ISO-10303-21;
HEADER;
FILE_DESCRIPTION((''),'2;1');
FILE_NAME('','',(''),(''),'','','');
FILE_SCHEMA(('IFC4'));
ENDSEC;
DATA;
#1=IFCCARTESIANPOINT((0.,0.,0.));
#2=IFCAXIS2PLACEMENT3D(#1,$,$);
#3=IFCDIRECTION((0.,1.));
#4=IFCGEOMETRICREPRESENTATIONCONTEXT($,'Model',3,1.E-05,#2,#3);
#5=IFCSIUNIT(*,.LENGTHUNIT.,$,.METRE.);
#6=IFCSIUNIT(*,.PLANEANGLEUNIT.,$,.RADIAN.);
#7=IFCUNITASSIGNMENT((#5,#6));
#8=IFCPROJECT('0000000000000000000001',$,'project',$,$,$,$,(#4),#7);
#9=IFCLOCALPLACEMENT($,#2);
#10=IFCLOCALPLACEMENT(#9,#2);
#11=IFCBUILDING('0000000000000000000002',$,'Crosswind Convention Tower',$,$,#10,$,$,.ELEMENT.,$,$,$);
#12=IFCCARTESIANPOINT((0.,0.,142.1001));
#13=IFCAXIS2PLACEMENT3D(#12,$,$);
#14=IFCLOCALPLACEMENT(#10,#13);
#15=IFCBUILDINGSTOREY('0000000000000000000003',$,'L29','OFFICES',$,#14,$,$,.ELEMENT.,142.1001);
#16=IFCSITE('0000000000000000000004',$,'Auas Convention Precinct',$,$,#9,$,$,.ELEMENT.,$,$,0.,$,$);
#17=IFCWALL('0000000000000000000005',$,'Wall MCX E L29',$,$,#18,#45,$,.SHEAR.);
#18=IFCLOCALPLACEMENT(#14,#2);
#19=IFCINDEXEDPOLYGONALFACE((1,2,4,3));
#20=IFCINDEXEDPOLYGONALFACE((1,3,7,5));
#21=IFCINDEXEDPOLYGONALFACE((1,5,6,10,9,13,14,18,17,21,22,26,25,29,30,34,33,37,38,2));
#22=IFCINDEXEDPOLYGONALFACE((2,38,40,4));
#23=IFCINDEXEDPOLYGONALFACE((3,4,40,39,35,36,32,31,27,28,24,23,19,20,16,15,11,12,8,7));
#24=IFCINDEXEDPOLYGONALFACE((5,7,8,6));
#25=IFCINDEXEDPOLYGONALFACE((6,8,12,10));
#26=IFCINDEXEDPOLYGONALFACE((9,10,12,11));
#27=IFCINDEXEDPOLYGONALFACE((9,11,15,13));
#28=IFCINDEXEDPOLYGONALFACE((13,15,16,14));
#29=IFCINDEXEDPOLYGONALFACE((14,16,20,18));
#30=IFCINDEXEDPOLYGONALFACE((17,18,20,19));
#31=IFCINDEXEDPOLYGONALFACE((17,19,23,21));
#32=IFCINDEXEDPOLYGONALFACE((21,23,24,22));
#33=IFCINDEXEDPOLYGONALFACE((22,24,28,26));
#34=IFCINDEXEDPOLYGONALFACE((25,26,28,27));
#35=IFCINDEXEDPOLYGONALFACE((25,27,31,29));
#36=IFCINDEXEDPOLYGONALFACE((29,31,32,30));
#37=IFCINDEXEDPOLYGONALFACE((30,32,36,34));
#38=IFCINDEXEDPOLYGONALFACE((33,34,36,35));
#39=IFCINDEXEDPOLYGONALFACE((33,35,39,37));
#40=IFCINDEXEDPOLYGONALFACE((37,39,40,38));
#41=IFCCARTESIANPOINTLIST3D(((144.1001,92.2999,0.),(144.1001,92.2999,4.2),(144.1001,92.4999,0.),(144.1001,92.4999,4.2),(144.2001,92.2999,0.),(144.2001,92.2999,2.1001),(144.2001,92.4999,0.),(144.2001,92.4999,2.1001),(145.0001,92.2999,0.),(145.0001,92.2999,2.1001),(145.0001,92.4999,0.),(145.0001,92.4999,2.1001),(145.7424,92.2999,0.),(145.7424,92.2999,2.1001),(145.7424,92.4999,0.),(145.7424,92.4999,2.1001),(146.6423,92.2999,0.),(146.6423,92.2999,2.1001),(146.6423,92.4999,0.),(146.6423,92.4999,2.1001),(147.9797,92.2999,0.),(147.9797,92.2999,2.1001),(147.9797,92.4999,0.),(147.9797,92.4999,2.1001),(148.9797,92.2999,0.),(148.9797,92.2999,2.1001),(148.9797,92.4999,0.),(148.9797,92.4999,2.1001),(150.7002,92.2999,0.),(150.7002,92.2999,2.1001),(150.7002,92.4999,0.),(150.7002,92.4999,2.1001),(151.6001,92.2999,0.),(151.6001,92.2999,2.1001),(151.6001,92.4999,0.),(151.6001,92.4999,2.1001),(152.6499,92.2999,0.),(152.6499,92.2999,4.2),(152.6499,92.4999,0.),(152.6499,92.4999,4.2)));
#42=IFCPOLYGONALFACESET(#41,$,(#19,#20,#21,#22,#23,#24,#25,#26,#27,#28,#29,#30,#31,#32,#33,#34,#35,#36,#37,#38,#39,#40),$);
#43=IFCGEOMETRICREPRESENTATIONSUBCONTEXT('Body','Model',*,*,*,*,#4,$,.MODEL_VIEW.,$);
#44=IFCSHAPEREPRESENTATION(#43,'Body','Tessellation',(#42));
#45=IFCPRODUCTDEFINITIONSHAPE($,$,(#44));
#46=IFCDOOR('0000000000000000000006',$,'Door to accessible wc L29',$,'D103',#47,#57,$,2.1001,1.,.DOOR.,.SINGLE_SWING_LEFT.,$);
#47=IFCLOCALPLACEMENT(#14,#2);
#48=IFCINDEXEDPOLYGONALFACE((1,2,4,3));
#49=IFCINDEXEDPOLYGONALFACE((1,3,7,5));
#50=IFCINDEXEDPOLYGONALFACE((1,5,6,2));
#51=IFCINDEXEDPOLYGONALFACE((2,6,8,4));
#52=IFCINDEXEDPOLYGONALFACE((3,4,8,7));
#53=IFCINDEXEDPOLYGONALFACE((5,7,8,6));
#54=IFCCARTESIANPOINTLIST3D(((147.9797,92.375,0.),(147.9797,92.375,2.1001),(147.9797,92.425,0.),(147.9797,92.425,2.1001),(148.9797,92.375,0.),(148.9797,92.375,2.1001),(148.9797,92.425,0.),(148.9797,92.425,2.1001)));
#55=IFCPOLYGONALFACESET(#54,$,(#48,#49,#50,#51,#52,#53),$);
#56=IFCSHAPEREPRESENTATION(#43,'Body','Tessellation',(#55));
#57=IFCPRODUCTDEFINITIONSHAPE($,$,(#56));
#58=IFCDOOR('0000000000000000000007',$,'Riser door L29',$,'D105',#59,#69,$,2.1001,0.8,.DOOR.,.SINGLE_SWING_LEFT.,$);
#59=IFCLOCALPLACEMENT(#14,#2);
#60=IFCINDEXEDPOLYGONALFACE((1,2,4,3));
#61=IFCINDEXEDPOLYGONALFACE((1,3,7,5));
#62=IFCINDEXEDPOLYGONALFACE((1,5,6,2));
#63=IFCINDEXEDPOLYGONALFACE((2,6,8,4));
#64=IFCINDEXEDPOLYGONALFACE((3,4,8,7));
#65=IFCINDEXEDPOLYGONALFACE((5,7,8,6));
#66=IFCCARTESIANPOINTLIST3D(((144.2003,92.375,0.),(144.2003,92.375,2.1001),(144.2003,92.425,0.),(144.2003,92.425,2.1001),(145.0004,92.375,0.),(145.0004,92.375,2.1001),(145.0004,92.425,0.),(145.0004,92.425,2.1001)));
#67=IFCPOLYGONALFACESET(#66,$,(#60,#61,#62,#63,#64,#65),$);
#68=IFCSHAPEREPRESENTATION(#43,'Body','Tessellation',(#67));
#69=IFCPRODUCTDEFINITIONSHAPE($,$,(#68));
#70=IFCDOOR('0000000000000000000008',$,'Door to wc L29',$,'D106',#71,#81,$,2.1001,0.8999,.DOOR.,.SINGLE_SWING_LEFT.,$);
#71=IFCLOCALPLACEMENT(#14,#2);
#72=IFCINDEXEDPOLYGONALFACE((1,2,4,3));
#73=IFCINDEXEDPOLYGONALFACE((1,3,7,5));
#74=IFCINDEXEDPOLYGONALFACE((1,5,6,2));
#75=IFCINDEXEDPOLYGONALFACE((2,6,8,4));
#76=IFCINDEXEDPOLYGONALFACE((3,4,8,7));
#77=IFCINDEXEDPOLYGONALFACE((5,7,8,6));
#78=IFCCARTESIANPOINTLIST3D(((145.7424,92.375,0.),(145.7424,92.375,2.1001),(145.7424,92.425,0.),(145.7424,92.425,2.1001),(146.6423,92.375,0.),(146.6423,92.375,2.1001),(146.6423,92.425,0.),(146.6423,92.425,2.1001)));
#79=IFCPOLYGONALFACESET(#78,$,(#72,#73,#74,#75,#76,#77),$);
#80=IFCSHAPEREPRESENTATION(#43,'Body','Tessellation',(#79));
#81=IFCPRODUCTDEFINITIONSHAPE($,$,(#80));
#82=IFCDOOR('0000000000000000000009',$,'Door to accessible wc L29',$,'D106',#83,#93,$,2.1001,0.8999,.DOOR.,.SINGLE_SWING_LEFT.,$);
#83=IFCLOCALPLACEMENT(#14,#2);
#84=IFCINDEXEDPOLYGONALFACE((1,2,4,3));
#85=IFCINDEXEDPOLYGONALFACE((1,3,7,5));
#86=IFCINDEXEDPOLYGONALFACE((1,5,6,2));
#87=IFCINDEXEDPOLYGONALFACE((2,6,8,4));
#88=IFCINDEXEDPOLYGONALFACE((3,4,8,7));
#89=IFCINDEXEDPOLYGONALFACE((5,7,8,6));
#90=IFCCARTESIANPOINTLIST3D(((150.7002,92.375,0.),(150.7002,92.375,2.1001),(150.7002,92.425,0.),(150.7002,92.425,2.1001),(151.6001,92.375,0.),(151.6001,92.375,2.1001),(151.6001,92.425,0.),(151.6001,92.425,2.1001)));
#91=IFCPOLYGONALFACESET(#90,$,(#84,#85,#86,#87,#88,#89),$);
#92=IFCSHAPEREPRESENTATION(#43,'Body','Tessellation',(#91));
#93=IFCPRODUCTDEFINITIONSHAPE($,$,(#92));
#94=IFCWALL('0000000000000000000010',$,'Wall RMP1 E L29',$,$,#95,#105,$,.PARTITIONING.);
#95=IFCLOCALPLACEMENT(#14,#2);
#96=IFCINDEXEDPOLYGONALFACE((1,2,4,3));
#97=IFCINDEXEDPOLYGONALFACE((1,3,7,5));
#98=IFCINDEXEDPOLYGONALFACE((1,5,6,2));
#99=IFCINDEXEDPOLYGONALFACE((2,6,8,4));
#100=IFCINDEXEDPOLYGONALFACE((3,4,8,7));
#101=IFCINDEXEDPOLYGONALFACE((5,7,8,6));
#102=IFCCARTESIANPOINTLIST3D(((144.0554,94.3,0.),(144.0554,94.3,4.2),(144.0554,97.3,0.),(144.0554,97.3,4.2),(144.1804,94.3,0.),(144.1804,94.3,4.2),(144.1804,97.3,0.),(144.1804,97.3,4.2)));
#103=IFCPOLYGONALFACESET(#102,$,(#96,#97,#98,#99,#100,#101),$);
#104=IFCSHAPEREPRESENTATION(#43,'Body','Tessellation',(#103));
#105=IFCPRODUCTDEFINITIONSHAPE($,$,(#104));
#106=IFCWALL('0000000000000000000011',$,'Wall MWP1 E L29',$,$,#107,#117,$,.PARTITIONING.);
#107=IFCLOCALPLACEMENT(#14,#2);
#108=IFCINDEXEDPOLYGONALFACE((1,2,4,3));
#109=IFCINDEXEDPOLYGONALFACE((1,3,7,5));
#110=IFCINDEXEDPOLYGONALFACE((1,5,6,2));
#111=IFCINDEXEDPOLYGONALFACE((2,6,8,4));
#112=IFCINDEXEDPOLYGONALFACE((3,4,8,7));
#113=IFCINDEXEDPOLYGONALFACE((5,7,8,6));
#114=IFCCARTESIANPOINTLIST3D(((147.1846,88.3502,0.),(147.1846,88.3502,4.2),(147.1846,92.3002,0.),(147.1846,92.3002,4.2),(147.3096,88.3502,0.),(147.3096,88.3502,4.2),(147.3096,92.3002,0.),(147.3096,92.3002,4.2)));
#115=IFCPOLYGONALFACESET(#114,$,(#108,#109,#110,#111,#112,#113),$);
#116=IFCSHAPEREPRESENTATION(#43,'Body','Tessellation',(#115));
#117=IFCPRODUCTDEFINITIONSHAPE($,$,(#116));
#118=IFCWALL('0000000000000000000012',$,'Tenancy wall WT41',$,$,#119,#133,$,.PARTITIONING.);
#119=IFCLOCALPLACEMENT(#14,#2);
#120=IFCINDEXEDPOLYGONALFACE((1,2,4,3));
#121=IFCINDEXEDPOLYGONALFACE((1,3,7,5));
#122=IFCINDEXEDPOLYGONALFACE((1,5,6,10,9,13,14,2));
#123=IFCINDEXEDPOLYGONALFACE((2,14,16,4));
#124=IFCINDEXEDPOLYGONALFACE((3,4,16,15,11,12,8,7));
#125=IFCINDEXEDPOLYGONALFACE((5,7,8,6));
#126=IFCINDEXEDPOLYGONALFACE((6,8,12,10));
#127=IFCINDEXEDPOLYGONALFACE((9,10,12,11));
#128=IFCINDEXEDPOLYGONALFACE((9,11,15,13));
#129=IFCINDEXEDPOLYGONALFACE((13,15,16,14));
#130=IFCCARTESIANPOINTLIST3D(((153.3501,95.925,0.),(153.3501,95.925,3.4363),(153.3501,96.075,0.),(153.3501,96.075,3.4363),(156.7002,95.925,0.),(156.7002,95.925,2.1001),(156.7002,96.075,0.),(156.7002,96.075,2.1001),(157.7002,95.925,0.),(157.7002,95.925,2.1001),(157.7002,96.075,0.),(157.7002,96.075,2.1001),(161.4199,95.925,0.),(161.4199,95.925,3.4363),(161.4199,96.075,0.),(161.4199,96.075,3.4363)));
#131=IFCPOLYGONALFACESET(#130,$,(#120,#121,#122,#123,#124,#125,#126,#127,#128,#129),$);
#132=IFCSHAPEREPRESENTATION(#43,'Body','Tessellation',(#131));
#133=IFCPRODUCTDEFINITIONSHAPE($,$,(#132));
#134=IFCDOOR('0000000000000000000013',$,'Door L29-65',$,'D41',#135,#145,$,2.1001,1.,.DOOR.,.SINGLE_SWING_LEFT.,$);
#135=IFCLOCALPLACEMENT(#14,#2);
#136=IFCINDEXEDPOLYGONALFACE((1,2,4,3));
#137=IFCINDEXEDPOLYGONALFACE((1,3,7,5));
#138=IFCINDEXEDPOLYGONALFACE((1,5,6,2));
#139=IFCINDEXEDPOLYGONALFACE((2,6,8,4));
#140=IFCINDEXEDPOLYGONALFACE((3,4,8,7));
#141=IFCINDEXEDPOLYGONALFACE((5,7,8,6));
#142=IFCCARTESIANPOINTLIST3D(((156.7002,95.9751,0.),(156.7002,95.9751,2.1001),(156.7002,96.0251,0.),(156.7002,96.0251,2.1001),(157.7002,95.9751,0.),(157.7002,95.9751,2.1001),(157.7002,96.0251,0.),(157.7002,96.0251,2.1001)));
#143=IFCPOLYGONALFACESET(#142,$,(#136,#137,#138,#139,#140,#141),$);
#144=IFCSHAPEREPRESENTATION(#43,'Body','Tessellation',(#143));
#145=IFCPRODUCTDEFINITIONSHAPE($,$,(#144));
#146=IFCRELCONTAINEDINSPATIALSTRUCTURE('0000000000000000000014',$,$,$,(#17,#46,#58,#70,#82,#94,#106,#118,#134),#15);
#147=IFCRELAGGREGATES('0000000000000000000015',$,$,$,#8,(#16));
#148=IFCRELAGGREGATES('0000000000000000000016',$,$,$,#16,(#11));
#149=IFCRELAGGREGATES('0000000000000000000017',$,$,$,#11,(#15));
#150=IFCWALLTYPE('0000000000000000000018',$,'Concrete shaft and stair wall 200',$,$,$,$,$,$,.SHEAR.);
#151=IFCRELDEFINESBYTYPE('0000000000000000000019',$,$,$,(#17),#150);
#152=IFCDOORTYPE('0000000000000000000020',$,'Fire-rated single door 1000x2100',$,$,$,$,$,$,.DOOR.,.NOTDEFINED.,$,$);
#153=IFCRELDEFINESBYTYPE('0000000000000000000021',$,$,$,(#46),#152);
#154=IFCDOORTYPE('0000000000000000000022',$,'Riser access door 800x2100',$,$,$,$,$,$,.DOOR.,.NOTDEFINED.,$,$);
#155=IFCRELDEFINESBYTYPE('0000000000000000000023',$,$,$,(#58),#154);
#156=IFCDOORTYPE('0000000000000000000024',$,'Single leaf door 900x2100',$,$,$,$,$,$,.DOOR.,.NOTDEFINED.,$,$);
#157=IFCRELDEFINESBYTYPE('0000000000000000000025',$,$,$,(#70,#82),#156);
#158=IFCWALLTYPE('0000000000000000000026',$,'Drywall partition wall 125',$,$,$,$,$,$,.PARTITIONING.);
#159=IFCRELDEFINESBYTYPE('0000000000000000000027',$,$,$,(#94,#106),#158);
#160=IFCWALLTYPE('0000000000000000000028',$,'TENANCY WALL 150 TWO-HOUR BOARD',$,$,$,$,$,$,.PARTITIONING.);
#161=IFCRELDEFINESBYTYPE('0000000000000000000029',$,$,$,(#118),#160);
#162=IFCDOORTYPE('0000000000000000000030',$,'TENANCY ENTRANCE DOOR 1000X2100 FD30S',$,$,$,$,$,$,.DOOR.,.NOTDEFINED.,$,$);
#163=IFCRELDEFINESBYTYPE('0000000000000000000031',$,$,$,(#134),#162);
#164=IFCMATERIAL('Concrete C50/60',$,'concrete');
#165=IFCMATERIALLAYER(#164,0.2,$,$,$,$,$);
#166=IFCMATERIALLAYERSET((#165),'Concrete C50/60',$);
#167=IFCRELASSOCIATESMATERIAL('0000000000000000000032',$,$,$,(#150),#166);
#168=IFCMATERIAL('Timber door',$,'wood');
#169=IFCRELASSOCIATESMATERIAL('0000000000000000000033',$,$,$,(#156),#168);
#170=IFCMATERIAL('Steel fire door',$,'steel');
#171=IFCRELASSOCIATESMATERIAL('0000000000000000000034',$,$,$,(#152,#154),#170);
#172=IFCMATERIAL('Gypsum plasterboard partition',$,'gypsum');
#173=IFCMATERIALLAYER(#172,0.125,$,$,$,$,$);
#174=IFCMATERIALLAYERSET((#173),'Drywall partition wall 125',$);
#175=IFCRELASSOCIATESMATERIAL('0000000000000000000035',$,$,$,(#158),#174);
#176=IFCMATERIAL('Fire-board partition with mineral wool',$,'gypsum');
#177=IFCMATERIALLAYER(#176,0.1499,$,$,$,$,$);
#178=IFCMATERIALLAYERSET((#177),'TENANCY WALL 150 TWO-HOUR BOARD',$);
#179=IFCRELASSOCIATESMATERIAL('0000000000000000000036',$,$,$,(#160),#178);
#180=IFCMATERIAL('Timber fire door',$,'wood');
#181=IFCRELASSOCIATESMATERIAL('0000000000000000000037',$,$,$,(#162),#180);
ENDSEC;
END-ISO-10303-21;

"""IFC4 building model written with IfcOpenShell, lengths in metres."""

from ifc_helpers import new_model, si_unit, direction, frame, frame_2d, origin, place, context, subcontext, project, spatial, rectangle, extrude, material, layer, layer_set, type_object, element, fill, save


model = new_model("IFC4")

# Units and contexts
model_context = context("Model", 3, precision=1e-05, world=origin(), true_north=direction((0.0, 1.0)))
body_context = subcontext(model_context, "Body", "Model", "MODEL_VIEW")
ifc_project = project(units=[si_unit("LENGTHUNIT", "METRE"), si_unit("PLANEANGLEUNIT", "RADIAN")], contexts=[model_context])

# Site, building, storey
site_placement = place(None, origin())
site = spatial("IfcSite", under=ifc_project, at=site_placement, Name="Auas Convention Precinct", CompositionType="ELEMENT", RefElevation=0.0)
building_placement = place(site_placement, origin())
building = spatial("IfcBuilding", under=site, at=building_placement, Name="Crosswind Convention Tower", CompositionType="ELEMENT")
storey_placement = place(building_placement, frame((0.0, 0.0, 142.1001)))
storey = spatial("IfcBuildingStorey", under=building, at=storey_placement, Name="L29", Description="OFFICES", CompositionType="ELEMENT", Elevation=142.1001)

# Shared definitions
ifc_material_1 = material(Name="Concrete C50/60", Category="concrete")
ifc_layer_1 = layer(ifc_material_1, 0.2)
ifc_layer_set_1 = layer_set([ifc_layer_1], Name="Concrete C50/60")
wall_type_1 = type_object("IfcWallType", Name="Concrete shaft and stair wall 200", PredefinedType="SHEAR", material=ifc_layer_set_1)

# Shared definitions
ifc_material_2 = material(Name="Timber door", Category="wood")
door_type_1 = type_object("IfcDoorType", Name="Single leaf door 900x2100", OperationType="NOTDEFINED", PredefinedType="DOOR", material=ifc_material_2)

# Wall, openings, doors
wall_1_placement = place(storey_placement, frame((144.1001, 92.3999, 0.0), z_axis=(0.0, 0.0, 1.0), x_axis=(1.0, 0.0, 0.0)))
wall_1 = element("IfcWall", 1, at=wall_1_placement, inside=storey, type_object=wall_type_1, Name="Wall MCX E L29", PredefinedType="SHEAR", context=body_context, shape_type="SweptSolid", body=[
    extrude(rectangle(XDim=8.5498, YDim=0.2, at=frame_2d((4.2749, 0.0))), origin(), (0.0, 0.0, 1.0), 4.2),
])
opening_1_placement = place(wall_1_placement, frame((0.1001, 0.0, 0.0)))
opening_1 = element("IfcOpeningElement", 2, at=opening_1_placement, cuts=wall_1, PredefinedType="OPENING", context=body_context, shape_type="SweptSolid", body=[
    extrude(rectangle(XDim=0.8, YDim=2.1001, at=frame_2d((0.3999, 1.05))), frame((0.0, 0.1099, 0.0), z_axis=(0.0, -1.0, 0.0), x_axis=(1.0, 0.0, 0.0)), (0.0, 0.0, 1.0), 0.22),
])
opening_2_placement = place(wall_1_placement, frame((1.6423, 0.0, 0.0)))
opening_2 = element("IfcOpeningElement", 3, at=opening_2_placement, cuts=wall_1, PredefinedType="OPENING", context=body_context, shape_type="SweptSolid", body=[
    extrude(rectangle(XDim=0.8999, YDim=2.1001, at=frame_2d((0.45, 1.05))), frame((0.0, 0.1099, 0.0), z_axis=(0.0, -1.0, 0.0), x_axis=(1.0, 0.0, 0.0)), (0.0, 0.0, 1.0), 0.22),
])
opening_3_placement = place(wall_1_placement, frame((3.8796, 0.0, 0.0)))
opening_3 = element("IfcOpeningElement", 4, at=opening_3_placement, cuts=wall_1, PredefinedType="OPENING", context=body_context, shape_type="SweptSolid", body=[
    extrude(rectangle(XDim=1.0, YDim=2.1001, at=frame_2d((0.5, 1.05))), frame((0.0, 0.1099, 0.0), z_axis=(0.0, -1.0, 0.0), x_axis=(1.0, 0.0, 0.0)), (0.0, 0.0, 1.0), 0.22),
])
opening_4_placement = place(wall_1_placement, frame((6.6001, 0.0, 0.0)))
opening_4 = element("IfcOpeningElement", 5, at=opening_4_placement, cuts=wall_1, PredefinedType="OPENING", context=body_context, shape_type="SweptSolid", body=[
    extrude(rectangle(XDim=0.8999, YDim=2.1001, at=frame_2d((0.45, 1.05))), frame((0.0, 0.1099, 0.0), z_axis=(0.0, -1.0, 0.0), x_axis=(1.0, 0.0, 0.0)), (0.0, 0.0, 1.0), 0.22),
])
ifc_material_3 = material(Name="Steel fire door", Category="steel")
door_type_2 = type_object("IfcDoorType", Name="Fire-rated single door 1000x2100", OperationType="NOTDEFINED", PredefinedType="DOOR", material=ifc_material_3)
door_1_placement = place(opening_3_placement, frame((1.0, 0.0, 0.0), z_axis=(0.0, 0.0, 1.0), x_axis=(-1.0, 0.0, 0.0)))
door_1 = element("IfcDoor", 6, at=door_1_placement, inside=storey, type_object=door_type_2, Name="Door to accessible wc L29", ObjectType="D103", OperationType="SINGLE_SWING_LEFT", OverallHeight=2.1001, OverallWidth=1.0, PredefinedType="DOOR", context=body_context, shape_type="SweptSolid", body=[
    extrude(rectangle(XDim=1.0, YDim=2.1001, at=frame_2d((0.5, 1.05))), frame((0.0, 0.0249, 0.0), z_axis=(0.0, -1.0, 0.0), x_axis=(1.0, 0.0, 0.0)), (0.0, 0.0, 1.0), 0.05),
])
fill(opening_3, door_1)
door_type_3 = type_object("IfcDoorType", Name="Riser access door 800x2100", OperationType="NOTDEFINED", PredefinedType="DOOR", material=ifc_material_3)
door_2_placement = place(opening_1_placement, frame((0.8, 0.0, 0.0), z_axis=(0.0, 0.0, 1.0), x_axis=(-1.0, 0.0, 0.0)))
door_2 = element("IfcDoor", 7, at=door_2_placement, inside=storey, type_object=door_type_3, Name="Riser door L29", ObjectType="D105", OperationType="SINGLE_SWING_LEFT", OverallHeight=2.1001, OverallWidth=0.8, PredefinedType="DOOR", context=body_context, shape_type="SweptSolid", body=[
    extrude(rectangle(XDim=0.8, YDim=2.1001, at=frame_2d((0.3999, 1.05))), frame((0.0, 0.0249, 0.0), z_axis=(0.0, -1.0, 0.0), x_axis=(1.0, 0.0, 0.0)), (0.0, 0.0, 1.0), 0.05),
])
fill(opening_1, door_2)
door_3_placement = place(opening_2_placement, frame((0.8999, 0.0, 0.0), z_axis=(0.0, 0.0, 1.0), x_axis=(-1.0, 0.0, 0.0)))
door_3 = element("IfcDoor", 8, at=door_3_placement, inside=storey, type_object=door_type_1, Name="Door to wc L29", ObjectType="D106", OperationType="SINGLE_SWING_LEFT", OverallHeight=2.1001, OverallWidth=0.8999, PredefinedType="DOOR", context=body_context, shape_type="SweptSolid", body=[
    extrude(rectangle(XDim=0.8999, YDim=2.1001, at=frame_2d((0.45, 1.05))), frame((0.0, 0.0249, 0.0), z_axis=(0.0, -1.0, 0.0), x_axis=(1.0, 0.0, 0.0)), (0.0, 0.0, 1.0), 0.05),
])
fill(opening_2, door_3)
door_4_placement = place(opening_4_placement, frame((0.8999, 0.0, 0.0), z_axis=(0.0, 0.0, 1.0), x_axis=(-1.0, 0.0, 0.0)))
door_4 = element("IfcDoor", 9, at=door_4_placement, inside=storey, type_object=door_type_1, Name="Door to accessible wc L29", ObjectType="D106", OperationType="SINGLE_SWING_LEFT", OverallHeight=2.1001, OverallWidth=0.8999, PredefinedType="DOOR", context=body_context, shape_type="SweptSolid", body=[
    extrude(rectangle(XDim=0.8999, YDim=2.1001, at=frame_2d((0.45, 1.05))), frame((0.0, 0.0249, 0.0), z_axis=(0.0, -1.0, 0.0), x_axis=(1.0, 0.0, 0.0)), (0.0, 0.0, 1.0), 0.05),
])
fill(opening_4, door_4)

# Walls
ifc_material_4 = material(Name="Gypsum plasterboard partition", Category="gypsum")
ifc_layer_2 = layer(ifc_material_4, 0.125)
ifc_layer_set_2 = layer_set([ifc_layer_2], Name="Drywall partition wall 125")
wall_type_2 = type_object("IfcWallType", Name="Drywall partition wall 125", PredefinedType="PARTITIONING", material=ifc_layer_set_2)
wall_2_placement = place(storey_placement, frame((144.1179, 94.3, 0.0), z_axis=(0.0, 0.0, 1.0), x_axis=(0.0, 1.0, 0.0)))
element("IfcWall", 10, at=wall_2_placement, inside=storey, type_object=wall_type_2, Name="Wall RMP1 E L29", PredefinedType="PARTITIONING", context=body_context, shape_type="SweptSolid", body=[
    extrude(rectangle(XDim=3.0, YDim=0.125, at=frame_2d((1.5, 0.0))), origin(), (0.0, 0.0, 1.0), 4.2),
])
wall_3_placement = place(storey_placement, frame((147.2471, 88.3501, 0.0), z_axis=(0.0, 0.0, 1.0), x_axis=(0.0, 1.0, 0.0)))
element("IfcWall", 11, at=wall_3_placement, inside=storey, type_object=wall_type_2, Name="Wall MWP1 E L29", PredefinedType="PARTITIONING", context=body_context, shape_type="SweptSolid", body=[
    extrude(rectangle(XDim=3.95, YDim=0.125, at=frame_2d((1.9751, 0.0))), origin(), (0.0, 0.0, 1.0), 4.2),
])

# Wall, opening, door
ifc_material_5 = material(Name="Fire-board partition with mineral wool", Category="gypsum")
ifc_layer_3 = layer(ifc_material_5, 0.1499)
ifc_layer_set_3 = layer_set([ifc_layer_3], Name="TENANCY WALL 150 TWO-HOUR BOARD")
wall_type_3 = type_object("IfcWallType", Name="TENANCY WALL 150 TWO-HOUR BOARD", PredefinedType="PARTITIONING", material=ifc_layer_set_3)
wall_4_placement = place(storey_placement, frame((153.3501, 96.0, 0.0), z_axis=(0.0, 0.0, 1.0), x_axis=(1.0, 0.0, 0.0)))
wall_4 = element("IfcWall", 12, at=wall_4_placement, inside=storey, type_object=wall_type_3, Name="Tenancy wall WT41", PredefinedType="PARTITIONING", context=body_context, shape_type="SweptSolid", body=[
    extrude(rectangle(XDim=8.0698, YDim=0.1499, at=frame_2d((4.0349, 0.0))), origin(), (0.0, 0.0, 1.0), 3.4363),
])
opening_5_placement = place(wall_4_placement, frame((3.3501, 0.0, 0.0)))
opening_5 = element("IfcOpeningElement", 13, at=opening_5_placement, cuts=wall_4, PredefinedType="OPENING", context=body_context, shape_type="SweptSolid", body=[
    extrude(rectangle(XDim=1.0, YDim=2.1001, at=frame_2d((0.5, 1.05))), frame((0.0, 0.085, 0.0), z_axis=(0.0, -1.0, 0.0), x_axis=(1.0, 0.0, 0.0)), (0.0, 0.0, 1.0), 0.1699),
])
ifc_material_6 = material(Name="Timber fire door", Category="wood")
door_type_4 = type_object("IfcDoorType", Name="TENANCY ENTRANCE DOOR 1000X2100 FD30S", OperationType="NOTDEFINED", PredefinedType="DOOR", material=ifc_material_6)
door_5_placement = place(opening_5_placement, frame((1.0, 0.0, 0.0), z_axis=(0.0, 0.0, 1.0), x_axis=(-1.0, 0.0, 0.0)))
door_5 = element("IfcDoor", 14, at=door_5_placement, inside=storey, type_object=door_type_4, Name="Door L29-65", ObjectType="D41", OperationType="SINGLE_SWING_LEFT", OverallHeight=2.1001, OverallWidth=1.0, PredefinedType="DOOR", context=body_context, shape_type="SweptSolid", body=[
    extrude(rectangle(XDim=1.0, YDim=2.1001, at=frame_2d((0.5, 1.05))), frame((0.0, 0.0249, 0.0), z_axis=(0.0, -1.0, 0.0), x_axis=(1.0, 0.0, 0.0)), (0.0, 0.0, 1.0), 0.05),
])
fill(opening_5, door_5)

save(model, "model.ifc")
